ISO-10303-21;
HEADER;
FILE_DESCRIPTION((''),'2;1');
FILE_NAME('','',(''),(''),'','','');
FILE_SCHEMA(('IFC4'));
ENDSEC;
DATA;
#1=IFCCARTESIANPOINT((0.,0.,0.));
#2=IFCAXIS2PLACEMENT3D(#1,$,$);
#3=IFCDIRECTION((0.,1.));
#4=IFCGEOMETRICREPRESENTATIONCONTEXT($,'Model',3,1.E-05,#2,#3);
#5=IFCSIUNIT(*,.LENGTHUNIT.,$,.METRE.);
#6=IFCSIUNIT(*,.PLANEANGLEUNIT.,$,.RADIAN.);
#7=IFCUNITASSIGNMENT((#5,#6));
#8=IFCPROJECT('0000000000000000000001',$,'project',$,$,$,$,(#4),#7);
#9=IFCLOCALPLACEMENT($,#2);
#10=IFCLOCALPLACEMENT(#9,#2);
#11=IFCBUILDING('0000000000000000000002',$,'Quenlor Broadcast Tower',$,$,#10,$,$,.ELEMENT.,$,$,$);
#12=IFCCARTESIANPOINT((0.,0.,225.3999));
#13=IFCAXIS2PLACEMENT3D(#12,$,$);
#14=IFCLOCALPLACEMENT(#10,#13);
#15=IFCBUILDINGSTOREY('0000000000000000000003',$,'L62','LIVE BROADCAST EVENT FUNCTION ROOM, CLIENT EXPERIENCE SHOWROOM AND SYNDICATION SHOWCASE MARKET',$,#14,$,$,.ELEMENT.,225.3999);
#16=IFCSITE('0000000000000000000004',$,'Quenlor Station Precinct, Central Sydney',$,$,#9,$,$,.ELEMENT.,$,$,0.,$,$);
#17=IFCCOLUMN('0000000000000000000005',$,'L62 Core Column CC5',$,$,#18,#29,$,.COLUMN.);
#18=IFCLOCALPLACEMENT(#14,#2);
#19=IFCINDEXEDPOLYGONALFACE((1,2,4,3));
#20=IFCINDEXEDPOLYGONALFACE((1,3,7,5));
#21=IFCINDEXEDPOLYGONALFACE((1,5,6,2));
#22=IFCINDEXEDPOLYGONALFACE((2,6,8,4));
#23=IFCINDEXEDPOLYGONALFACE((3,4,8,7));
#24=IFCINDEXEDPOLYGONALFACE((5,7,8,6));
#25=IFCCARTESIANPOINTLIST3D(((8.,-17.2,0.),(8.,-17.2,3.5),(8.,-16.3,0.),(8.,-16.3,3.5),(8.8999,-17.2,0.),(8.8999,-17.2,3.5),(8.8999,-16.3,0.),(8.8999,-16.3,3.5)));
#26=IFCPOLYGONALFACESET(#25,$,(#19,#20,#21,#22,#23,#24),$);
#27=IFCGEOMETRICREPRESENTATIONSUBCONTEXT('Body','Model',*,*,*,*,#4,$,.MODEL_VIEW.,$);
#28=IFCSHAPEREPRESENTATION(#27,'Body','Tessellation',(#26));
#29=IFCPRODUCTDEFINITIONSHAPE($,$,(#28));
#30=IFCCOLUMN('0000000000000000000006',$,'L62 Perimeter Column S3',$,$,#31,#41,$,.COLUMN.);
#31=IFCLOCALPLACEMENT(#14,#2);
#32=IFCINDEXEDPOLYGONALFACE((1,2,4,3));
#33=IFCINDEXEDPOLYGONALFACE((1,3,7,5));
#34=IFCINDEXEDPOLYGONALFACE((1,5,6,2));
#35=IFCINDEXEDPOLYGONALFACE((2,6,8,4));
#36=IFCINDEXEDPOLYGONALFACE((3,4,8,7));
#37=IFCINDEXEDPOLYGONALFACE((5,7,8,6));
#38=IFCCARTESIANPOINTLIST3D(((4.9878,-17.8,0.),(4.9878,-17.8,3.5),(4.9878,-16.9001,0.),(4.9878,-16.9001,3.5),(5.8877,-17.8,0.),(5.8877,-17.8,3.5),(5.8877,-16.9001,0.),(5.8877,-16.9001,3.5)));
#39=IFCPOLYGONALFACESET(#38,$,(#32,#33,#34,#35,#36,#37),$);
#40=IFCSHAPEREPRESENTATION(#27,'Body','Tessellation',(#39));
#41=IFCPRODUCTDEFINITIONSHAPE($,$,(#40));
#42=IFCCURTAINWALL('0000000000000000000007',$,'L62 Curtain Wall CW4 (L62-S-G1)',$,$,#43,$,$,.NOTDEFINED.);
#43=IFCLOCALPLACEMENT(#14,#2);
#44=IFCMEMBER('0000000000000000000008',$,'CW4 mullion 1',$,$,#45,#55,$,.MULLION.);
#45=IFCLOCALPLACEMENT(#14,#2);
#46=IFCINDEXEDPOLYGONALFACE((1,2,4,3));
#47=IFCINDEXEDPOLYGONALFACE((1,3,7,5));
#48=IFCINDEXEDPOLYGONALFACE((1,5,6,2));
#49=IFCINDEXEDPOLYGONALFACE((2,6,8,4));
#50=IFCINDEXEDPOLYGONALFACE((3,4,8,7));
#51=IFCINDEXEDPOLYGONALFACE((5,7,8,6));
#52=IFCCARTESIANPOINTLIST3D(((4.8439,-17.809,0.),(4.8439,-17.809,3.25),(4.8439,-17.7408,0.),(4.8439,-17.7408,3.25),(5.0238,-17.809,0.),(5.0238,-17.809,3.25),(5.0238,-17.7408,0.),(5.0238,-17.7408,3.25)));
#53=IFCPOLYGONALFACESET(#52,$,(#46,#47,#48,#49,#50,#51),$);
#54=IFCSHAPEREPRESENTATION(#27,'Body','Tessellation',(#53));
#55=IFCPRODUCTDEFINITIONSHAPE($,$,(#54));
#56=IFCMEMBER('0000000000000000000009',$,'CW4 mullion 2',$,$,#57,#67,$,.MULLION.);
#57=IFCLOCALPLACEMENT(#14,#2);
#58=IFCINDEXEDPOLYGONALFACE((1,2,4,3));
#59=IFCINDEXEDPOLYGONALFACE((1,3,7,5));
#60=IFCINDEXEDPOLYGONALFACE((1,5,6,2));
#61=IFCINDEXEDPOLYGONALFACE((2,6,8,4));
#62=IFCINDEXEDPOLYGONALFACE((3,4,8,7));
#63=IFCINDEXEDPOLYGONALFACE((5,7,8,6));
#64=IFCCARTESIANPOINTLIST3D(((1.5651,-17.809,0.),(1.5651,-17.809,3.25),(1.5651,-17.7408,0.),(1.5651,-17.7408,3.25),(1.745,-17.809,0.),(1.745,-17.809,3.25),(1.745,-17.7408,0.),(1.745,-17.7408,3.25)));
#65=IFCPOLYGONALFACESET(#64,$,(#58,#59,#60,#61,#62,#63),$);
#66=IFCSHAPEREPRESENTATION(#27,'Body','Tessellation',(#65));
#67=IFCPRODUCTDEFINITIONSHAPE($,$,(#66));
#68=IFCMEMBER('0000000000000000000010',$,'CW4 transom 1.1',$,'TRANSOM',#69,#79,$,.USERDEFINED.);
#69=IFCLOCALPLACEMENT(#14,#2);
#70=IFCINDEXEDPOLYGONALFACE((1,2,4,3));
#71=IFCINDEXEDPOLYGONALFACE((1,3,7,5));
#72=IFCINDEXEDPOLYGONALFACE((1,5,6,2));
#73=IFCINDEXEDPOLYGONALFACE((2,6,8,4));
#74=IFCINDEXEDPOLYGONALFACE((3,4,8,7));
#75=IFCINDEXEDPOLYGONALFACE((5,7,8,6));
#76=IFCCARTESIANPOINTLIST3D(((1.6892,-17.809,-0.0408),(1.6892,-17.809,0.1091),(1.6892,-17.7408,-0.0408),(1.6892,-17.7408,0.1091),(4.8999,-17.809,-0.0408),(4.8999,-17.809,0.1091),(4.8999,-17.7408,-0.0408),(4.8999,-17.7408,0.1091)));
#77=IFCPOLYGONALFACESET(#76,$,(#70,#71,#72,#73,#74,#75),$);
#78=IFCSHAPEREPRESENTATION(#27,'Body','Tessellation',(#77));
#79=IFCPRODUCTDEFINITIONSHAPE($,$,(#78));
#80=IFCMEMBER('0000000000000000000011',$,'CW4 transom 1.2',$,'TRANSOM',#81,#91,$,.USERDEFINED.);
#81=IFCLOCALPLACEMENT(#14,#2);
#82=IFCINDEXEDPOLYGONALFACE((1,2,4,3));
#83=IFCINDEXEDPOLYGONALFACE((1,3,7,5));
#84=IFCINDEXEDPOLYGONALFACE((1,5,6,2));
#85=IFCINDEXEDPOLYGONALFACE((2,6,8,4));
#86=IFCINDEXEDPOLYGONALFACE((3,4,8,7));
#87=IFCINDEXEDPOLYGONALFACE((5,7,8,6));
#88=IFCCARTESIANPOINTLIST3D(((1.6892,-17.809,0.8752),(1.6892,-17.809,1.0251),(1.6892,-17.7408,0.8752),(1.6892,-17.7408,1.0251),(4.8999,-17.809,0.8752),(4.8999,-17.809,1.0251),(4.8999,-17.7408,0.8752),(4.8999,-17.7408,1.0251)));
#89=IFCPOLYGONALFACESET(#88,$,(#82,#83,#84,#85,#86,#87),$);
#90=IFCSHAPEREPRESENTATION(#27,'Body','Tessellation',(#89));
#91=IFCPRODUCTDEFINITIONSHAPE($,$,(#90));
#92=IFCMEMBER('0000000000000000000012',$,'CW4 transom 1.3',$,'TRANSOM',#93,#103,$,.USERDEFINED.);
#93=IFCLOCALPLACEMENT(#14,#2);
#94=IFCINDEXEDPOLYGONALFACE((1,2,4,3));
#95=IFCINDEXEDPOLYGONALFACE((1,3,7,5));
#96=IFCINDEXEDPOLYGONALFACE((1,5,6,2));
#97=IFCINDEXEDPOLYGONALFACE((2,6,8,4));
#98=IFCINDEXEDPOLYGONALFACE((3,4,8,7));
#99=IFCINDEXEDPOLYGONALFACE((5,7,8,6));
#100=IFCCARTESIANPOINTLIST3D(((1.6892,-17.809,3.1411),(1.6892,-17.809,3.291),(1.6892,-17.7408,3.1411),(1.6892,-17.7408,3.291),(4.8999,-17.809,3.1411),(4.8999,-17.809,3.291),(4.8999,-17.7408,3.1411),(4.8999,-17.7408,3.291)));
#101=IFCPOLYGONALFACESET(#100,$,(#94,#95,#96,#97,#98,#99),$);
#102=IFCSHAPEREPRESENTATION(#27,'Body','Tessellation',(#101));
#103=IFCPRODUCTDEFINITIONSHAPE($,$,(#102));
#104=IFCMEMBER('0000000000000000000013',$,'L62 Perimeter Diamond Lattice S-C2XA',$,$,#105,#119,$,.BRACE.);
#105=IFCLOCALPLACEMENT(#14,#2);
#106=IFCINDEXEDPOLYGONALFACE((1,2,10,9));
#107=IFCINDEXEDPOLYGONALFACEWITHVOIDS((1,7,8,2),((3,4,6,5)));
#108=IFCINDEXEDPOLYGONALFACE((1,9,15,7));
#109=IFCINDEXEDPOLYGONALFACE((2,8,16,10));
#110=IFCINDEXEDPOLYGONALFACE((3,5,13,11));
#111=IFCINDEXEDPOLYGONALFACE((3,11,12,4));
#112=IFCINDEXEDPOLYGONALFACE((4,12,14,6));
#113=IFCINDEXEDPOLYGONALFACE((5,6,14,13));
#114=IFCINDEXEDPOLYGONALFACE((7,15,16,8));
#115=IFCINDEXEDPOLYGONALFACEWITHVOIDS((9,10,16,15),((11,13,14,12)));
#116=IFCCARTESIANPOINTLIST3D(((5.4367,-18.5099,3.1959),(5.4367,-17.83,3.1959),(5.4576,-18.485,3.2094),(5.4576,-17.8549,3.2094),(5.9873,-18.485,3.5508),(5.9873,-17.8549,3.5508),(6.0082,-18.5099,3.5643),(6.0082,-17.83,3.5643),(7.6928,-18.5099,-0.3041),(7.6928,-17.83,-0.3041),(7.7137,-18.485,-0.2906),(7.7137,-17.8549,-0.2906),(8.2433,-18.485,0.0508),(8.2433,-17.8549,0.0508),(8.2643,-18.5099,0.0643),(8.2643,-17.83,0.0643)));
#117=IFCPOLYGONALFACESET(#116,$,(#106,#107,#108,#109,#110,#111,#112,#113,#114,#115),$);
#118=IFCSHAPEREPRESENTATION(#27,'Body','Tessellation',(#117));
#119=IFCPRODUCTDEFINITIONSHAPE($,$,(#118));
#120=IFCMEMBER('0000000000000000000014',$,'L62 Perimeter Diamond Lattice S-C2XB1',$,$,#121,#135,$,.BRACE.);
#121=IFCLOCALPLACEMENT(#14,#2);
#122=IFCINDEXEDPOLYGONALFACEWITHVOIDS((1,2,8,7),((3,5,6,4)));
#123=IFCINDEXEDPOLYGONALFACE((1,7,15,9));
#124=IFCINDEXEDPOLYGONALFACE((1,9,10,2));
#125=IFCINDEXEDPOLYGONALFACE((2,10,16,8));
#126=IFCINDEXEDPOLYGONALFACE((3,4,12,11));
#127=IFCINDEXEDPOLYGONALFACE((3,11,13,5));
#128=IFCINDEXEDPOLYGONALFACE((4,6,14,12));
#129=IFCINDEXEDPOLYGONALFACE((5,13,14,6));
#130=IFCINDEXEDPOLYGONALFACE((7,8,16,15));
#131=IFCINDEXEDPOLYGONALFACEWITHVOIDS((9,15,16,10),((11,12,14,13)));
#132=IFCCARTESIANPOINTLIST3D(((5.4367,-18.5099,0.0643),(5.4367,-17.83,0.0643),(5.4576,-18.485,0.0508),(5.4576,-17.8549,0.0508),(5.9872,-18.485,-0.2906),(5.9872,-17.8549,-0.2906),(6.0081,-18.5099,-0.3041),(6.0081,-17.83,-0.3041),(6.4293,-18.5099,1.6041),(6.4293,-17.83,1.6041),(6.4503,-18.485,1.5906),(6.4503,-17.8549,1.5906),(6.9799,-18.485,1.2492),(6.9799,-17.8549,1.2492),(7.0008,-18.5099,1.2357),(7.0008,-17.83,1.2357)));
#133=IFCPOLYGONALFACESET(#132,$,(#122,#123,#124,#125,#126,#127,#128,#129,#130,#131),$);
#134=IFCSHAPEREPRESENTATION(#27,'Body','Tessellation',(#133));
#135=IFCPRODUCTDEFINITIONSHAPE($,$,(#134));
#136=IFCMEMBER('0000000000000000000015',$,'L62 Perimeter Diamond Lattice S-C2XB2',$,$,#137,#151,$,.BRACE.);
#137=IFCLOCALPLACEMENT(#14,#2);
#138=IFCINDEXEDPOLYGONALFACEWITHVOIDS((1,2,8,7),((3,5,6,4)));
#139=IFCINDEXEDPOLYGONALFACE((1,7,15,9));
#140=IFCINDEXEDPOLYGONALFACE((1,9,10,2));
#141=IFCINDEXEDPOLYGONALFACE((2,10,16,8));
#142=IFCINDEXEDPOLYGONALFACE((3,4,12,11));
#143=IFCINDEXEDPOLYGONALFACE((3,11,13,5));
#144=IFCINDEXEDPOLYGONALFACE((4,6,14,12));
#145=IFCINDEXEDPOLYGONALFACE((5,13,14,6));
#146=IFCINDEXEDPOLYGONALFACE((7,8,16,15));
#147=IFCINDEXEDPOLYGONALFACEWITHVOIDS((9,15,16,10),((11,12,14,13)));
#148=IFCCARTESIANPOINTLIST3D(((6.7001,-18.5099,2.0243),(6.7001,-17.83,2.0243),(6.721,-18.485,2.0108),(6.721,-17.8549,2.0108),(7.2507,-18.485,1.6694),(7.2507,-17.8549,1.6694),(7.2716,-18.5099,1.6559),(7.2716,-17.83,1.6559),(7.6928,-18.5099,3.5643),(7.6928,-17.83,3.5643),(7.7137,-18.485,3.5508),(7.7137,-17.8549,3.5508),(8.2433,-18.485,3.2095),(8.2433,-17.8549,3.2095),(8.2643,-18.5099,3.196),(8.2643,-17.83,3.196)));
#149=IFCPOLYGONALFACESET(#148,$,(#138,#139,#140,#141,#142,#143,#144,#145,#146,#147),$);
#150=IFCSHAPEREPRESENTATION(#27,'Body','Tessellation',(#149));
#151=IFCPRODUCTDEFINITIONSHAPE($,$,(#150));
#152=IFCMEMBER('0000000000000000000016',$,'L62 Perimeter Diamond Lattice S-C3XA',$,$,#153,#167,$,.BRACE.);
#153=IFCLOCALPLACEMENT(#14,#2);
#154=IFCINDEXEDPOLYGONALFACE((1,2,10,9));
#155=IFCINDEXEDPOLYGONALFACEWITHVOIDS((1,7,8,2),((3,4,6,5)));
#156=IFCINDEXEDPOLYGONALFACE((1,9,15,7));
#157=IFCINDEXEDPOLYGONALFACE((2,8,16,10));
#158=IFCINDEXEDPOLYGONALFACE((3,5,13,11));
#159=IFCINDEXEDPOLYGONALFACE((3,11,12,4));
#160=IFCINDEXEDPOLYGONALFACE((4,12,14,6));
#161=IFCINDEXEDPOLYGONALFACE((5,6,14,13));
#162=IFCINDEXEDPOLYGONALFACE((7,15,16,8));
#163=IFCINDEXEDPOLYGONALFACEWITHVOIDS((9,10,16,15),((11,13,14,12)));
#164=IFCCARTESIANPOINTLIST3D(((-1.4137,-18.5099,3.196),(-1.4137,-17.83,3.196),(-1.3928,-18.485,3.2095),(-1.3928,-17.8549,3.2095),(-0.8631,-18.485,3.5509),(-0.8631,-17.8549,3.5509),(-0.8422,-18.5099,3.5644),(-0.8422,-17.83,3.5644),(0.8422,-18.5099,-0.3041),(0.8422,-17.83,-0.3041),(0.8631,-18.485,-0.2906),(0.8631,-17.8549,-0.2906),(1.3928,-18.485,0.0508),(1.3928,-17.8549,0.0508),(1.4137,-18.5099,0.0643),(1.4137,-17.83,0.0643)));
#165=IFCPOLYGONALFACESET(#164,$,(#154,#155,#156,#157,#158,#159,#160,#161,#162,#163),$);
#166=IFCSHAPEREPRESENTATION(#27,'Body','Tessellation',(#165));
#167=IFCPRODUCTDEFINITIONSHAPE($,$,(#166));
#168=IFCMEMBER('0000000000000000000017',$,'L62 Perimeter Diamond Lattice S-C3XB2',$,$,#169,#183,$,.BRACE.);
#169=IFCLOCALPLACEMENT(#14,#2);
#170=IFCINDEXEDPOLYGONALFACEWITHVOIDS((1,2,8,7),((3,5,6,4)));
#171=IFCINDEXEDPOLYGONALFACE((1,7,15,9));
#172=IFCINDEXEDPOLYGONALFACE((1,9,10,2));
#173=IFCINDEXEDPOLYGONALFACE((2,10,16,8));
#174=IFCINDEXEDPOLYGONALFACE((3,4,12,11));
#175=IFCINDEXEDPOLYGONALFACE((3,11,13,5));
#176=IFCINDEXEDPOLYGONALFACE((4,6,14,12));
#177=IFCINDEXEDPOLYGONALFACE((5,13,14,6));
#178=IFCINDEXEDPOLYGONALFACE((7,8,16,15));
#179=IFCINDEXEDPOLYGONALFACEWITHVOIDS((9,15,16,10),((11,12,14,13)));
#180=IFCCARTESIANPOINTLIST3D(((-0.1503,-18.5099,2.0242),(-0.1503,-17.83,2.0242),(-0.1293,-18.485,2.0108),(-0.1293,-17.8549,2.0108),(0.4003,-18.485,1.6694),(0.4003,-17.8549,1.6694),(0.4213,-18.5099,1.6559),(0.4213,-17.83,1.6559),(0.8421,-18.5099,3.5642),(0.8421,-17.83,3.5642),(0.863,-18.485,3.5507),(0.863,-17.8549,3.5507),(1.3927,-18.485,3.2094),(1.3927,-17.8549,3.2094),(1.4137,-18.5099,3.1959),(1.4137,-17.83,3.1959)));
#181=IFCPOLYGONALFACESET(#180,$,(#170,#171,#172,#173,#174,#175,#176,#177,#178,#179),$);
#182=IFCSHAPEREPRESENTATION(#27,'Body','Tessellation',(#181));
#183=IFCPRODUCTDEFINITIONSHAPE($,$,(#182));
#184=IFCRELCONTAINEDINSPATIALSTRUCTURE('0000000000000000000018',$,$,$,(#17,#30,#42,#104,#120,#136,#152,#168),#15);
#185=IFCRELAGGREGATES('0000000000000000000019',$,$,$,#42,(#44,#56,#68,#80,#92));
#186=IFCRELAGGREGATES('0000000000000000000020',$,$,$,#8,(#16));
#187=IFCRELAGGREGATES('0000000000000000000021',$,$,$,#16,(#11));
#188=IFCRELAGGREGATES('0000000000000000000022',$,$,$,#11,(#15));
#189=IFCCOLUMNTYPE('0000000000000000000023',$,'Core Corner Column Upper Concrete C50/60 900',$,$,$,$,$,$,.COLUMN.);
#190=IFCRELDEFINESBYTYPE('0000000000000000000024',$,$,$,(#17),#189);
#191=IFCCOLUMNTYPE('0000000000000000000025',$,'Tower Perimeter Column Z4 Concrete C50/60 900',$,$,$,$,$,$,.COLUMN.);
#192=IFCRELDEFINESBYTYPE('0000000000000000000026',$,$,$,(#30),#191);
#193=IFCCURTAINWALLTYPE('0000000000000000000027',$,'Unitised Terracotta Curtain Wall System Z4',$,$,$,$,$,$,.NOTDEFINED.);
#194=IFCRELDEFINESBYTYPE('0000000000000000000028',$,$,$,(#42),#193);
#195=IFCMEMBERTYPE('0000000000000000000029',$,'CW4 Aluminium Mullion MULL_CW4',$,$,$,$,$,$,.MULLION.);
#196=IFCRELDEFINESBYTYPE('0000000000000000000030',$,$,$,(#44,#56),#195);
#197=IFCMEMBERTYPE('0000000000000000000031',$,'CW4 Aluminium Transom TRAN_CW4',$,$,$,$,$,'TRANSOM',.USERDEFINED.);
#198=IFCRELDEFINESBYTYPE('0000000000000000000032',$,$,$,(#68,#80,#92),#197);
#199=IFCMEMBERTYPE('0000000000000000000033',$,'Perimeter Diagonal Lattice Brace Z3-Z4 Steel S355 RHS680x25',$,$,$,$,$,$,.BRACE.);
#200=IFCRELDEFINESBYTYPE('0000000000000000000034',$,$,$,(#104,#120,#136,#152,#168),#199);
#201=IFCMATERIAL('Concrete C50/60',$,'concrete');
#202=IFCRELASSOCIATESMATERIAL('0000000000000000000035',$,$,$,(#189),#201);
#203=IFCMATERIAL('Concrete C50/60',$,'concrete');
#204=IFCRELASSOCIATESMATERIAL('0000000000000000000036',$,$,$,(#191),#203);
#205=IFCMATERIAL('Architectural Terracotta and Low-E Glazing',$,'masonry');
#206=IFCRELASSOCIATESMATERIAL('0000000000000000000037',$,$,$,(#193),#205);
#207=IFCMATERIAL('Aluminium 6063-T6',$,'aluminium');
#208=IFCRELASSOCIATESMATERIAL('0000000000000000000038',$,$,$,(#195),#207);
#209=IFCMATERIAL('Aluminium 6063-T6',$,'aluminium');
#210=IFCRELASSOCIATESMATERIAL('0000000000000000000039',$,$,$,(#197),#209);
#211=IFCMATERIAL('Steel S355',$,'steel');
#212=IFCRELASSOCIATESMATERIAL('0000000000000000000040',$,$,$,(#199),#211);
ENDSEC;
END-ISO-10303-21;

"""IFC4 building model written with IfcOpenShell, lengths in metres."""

from ifc_helpers import new_model, si_unit, direction, frame, origin, origin_2d, place, context, subcontext, project, spatial, rectangle, hollow_rectangle, extrude, material, material_profile, profile_set, type_object, element, aggregate, save


model = new_model("IFC4")

# Units and contexts
model_context = context("Model", 3, precision=1e-05, world=origin(), true_north=direction((0.0, 1.0)))
body_context = subcontext(model_context, "Body", "Model", "MODEL_VIEW")
ifc_project = project(units=[si_unit("LENGTHUNIT", "METRE"), si_unit("PLANEANGLEUNIT", "RADIAN")], contexts=[model_context])

# Site, building, storey
site_placement = place(None, origin())
site = spatial("IfcSite", under=ifc_project, at=site_placement, Name="Quenlor Station Precinct, Central Sydney", CompositionType="ELEMENT", RefElevation=0.0)
building_placement = place(site_placement, origin())
building = spatial("IfcBuilding", under=site, at=building_placement, Name="Quenlor Broadcast Tower", CompositionType="ELEMENT")
storey_placement = place(building_placement, frame((0.0, 0.0, 225.3999)))
storey = spatial("IfcBuildingStorey", under=building, at=storey_placement, Name="L62", Description="LIVE BROADCAST EVENT FUNCTION ROOM, CLIENT EXPERIENCE SHOWROOM AND SYNDICATION SHOWCASE MARKET", CompositionType="ELEMENT", Elevation=225.3999)

# Columns
ifc_material_1 = material(Name="Concrete C50/60", Category="concrete")
ifc_material_profile_1 = material_profile(ifc_material_1, rectangle(XDim=0.8999, YDim=0.8999, at=origin_2d()))
ifc_profile_set_1 = profile_set([ifc_material_profile_1], Name="Concrete C50/60 RC900x900")
column_type_1 = type_object("IfcColumnType", Name="Core Corner Column Upper Concrete C50/60 900", PredefinedType="COLUMN", material=ifc_profile_set_1)
column_1_placement = place(storey_placement, frame((8.45, -16.75, 0.0), z_axis=(0.0, 0.0, 1.0), x_axis=(1.0, 0.0, 0.0)))
element("IfcColumn", 1, at=column_1_placement, inside=storey, type_object=column_type_1, Name="L62 Core Column CC5", PredefinedType="COLUMN", context=body_context, shape_type="SweptSolid", body=[
    extrude(rectangle(XDim=0.8999, YDim=0.8999, at=origin_2d()), origin(), (0.0, 0.0, 1.0), 3.5),
])
ifc_material_2 = material(Name="Concrete C50/60", Category="concrete")
ifc_material_profile_2 = material_profile(ifc_material_2, rectangle(XDim=0.8999, YDim=0.8999, at=origin_2d()))
ifc_profile_set_2 = profile_set([ifc_material_profile_2], Name="Concrete C50/60 RC900x900")
column_type_2 = type_object("IfcColumnType", Name="Tower Perimeter Column Z4 Concrete C50/60 900", PredefinedType="COLUMN", material=ifc_profile_set_2)
column_2_placement = place(storey_placement, frame((5.4377, -17.3501, 0.0), z_axis=(0.0, 0.0, 1.0), x_axis=(0.0, 1.0, 0.0)))
element("IfcColumn", 2, at=column_2_placement, inside=storey, type_object=column_type_2, Name="L62 Perimeter Column S3", PredefinedType="COLUMN", context=body_context, shape_type="SweptSolid", body=[
    extrude(rectangle(XDim=0.8999, YDim=0.8999, at=origin_2d()), origin(), (0.0, 0.0, 1.0), 3.5),
])

# Curtain wall, members
ifc_material_3 = material(Name="Architectural Terracotta and Low-E Glazing", Category="masonry")
curtain_wall_type = type_object("IfcCurtainWallType", Name="Unitised Terracotta Curtain Wall System Z4", PredefinedType="NOTDEFINED", material=ifc_material_3)
curtain_wall_placement = place(storey_placement, origin())
curtain_wall = element("IfcCurtainWall", 3, at=curtain_wall_placement, inside=storey, type_object=curtain_wall_type, Name="L62 Curtain Wall CW4 (L62-S-G1)", PredefinedType="NOTDEFINED")
ifc_material_4 = material(Name="Aluminium 6063-T6", Category="aluminium")
ifc_material_profile_3 = material_profile(ifc_material_4, rectangle(XDim=0.0681, YDim=0.1799, at=origin_2d()))
ifc_profile_set_3 = profile_set([ifc_material_profile_3], Name="Aluminium 6063-T6 MULL68x180")
member_type_1 = type_object("IfcMemberType", Name="CW4 Aluminium Mullion MULL_CW4", PredefinedType="MULLION", material=ifc_profile_set_3)
member_1_placement = place(storey_placement, frame((4.9338, -17.7749, 0.0), z_axis=(0.0, 0.0, 1.0), x_axis=(0.0, -1.0, 0.0)))
member_1 = element("IfcMember", 4, at=member_1_placement, type_object=member_type_1, Name="CW4 mullion 1", PredefinedType="MULLION", context=body_context, shape_type="SweptSolid", body=[
    extrude(rectangle(XDim=0.0681, YDim=0.1799, at=origin_2d()), origin(), (0.0, 0.0, 1.0), 3.25),
])
member_2_placement = place(storey_placement, frame((1.655, -17.7749, 0.0), z_axis=(0.0, 0.0, 1.0), x_axis=(0.0, -1.0, 0.0)))
member_2 = element("IfcMember", 5, at=member_2_placement, type_object=member_type_1, Name="CW4 mullion 2", PredefinedType="MULLION", context=body_context, shape_type="SweptSolid", body=[
    extrude(rectangle(XDim=0.0681, YDim=0.1799, at=origin_2d()), origin(), (0.0, 0.0, 1.0), 3.25),
])
ifc_material_5 = material(Name="Aluminium 6063-T6", Category="aluminium")
ifc_material_profile_4 = material_profile(ifc_material_5, rectangle(XDim=0.0681, YDim=0.1499, at=origin_2d()))
ifc_profile_set_4 = profile_set([ifc_material_profile_4], Name="Aluminium 6063-T6 TRAN68x150")
member_type_2 = type_object("IfcMemberType", Name="CW4 Aluminium Transom TRAN_CW4", ElementType="TRANSOM", PredefinedType="USERDEFINED", material=ifc_profile_set_4)
member_3_placement = place(storey_placement, frame((4.8999, -17.7749, 0.0342), z_axis=(-1.0, 0.0, 0.0), x_axis=(0.0, -1.0, 0.0)))
member_3 = element("IfcMember", 6, at=member_3_placement, type_object=member_type_2, Name="CW4 transom 1.1", ObjectType="TRANSOM", PredefinedType="USERDEFINED", context=body_context, shape_type="SweptSolid", body=[
    extrude(rectangle(XDim=0.0681, YDim=0.1499, at=origin_2d()), origin(), (0.0, 0.0, 1.0), 3.2107),
])
member_4_placement = place(storey_placement, frame((4.8999, -17.7749, 0.9502), z_axis=(-1.0, 0.0, 0.0), x_axis=(0.0, -1.0, 0.0)))
member_4 = element("IfcMember", 7, at=member_4_placement, type_object=member_type_2, Name="CW4 transom 1.2", ObjectType="TRANSOM", PredefinedType="USERDEFINED", context=body_context, shape_type="SweptSolid", body=[
    extrude(rectangle(XDim=0.0681, YDim=0.1499, at=origin_2d()), origin(), (0.0, 0.0, 1.0), 3.2107),
])
member_5_placement = place(storey_placement, frame((4.8999, -17.7749, 3.2161), z_axis=(-1.0, 0.0, 0.0), x_axis=(0.0, -1.0, 0.0)))
member_5 = element("IfcMember", 8, at=member_5_placement, type_object=member_type_2, Name="CW4 transom 1.3", ObjectType="TRANSOM", PredefinedType="USERDEFINED", context=body_context, shape_type="SweptSolid", body=[
    extrude(rectangle(XDim=0.0681, YDim=0.1499, at=origin_2d()), origin(), (0.0, 0.0, 1.0), 3.2107),
])

# Members
ifc_material_6 = material(Name="Steel S355", Category="steel")
ifc_material_profile_5 = material_profile(ifc_material_6, hollow_rectangle(XDim=0.6799, YDim=0.6799, WallThickness=0.0249, at=origin_2d()))
ifc_profile_set_5 = profile_set([ifc_material_profile_5], Name="Steel S355 RHS680x680x25")
member_type_3 = type_object("IfcMemberType", Name="Perimeter Diagonal Lattice Brace Z3-Z4 Steel S355 RHS680x25", PredefinedType="BRACE", material=ifc_profile_set_5)
member_6_placement = place(storey_placement, frame((7.9785, -18.1699, -0.1199), z_axis=(-0.541794, 0.0, 0.840511), x_axis=(0.0, -1.0, 0.0)))
element("IfcMember", 9, at=member_6_placement, inside=storey, type_object=member_type_3, Name="L62 Perimeter Diamond Lattice S-C2XA", PredefinedType="BRACE", context=body_context, shape_type="SweptSolid", body=[
    extrude(hollow_rectangle(XDim=0.6799, YDim=0.6799, WallThickness=0.0249, at=origin_2d()), origin(), (0.0, 0.0, 1.0), 4.1641),
])
member_7_placement = place(storey_placement, frame((5.7224, -18.1699, -0.1199), z_axis=(0.541842, 0.0, 0.840481), x_axis=(0.0, 1.0, 0.0)))
element("IfcMember", 10, at=member_7_placement, inside=storey, type_object=member_type_3, Name="L62 Perimeter Diamond Lattice S-C2XB1", PredefinedType="BRACE", context=body_context, shape_type="SweptSolid", body=[
    extrude(hollow_rectangle(XDim=0.6799, YDim=0.6799, WallThickness=0.0249, at=origin_2d()), origin(), (0.0, 0.0, 1.0), 1.832),
])
member_8_placement = place(storey_placement, frame((6.9858, -18.1699, 1.8401), z_axis=(0.541781, 0.0, 0.84052), x_axis=(0.0, 1.0, 0.0)))
element("IfcMember", 11, at=member_8_placement, inside=storey, type_object=member_type_3, Name="L62 Perimeter Diamond Lattice S-C2XB2", PredefinedType="BRACE", context=body_context, shape_type="SweptSolid", body=[
    extrude(hollow_rectangle(XDim=0.6799, YDim=0.6799, WallThickness=0.0249, at=origin_2d()), origin(), (0.0, 0.0, 1.0), 1.8323),
])
member_9_placement = place(storey_placement, frame((1.1279, -18.1699, -0.1199), z_axis=(-0.541753, 0.0, 0.840538), x_axis=(0.0, -1.0, 0.0)))
element("IfcMember", 12, at=member_9_placement, inside=storey, type_object=member_type_3, Name="L62 Perimeter Diamond Lattice S-C3XA", PredefinedType="BRACE", context=body_context, shape_type="SweptSolid", body=[
    extrude(hollow_rectangle(XDim=0.6799, YDim=0.6799, WallThickness=0.0249, at=origin_2d()), origin(), (0.0, 0.0, 1.0), 4.1641),
])
member_10_placement = place(storey_placement, frame((0.1355, -18.1699, 1.8401), z_axis=(0.541687, 0.0, 0.84058), x_axis=(0.0, 1.0, 0.0)))
element("IfcMember", 13, at=member_10_placement, inside=storey, type_object=member_type_3, Name="L62 Perimeter Diamond Lattice S-C3XB2", PredefinedType="BRACE", context=body_context, shape_type="SweptSolid", body=[
    extrude(hollow_rectangle(XDim=0.6799, YDim=0.6799, WallThickness=0.0249, at=origin_2d()), origin(), (0.0, 0.0, 1.0), 1.832),
])

aggregate(curtain_wall, [member_1, member_2, member_3, member_4, member_5])

save(model, "model.ifc")
